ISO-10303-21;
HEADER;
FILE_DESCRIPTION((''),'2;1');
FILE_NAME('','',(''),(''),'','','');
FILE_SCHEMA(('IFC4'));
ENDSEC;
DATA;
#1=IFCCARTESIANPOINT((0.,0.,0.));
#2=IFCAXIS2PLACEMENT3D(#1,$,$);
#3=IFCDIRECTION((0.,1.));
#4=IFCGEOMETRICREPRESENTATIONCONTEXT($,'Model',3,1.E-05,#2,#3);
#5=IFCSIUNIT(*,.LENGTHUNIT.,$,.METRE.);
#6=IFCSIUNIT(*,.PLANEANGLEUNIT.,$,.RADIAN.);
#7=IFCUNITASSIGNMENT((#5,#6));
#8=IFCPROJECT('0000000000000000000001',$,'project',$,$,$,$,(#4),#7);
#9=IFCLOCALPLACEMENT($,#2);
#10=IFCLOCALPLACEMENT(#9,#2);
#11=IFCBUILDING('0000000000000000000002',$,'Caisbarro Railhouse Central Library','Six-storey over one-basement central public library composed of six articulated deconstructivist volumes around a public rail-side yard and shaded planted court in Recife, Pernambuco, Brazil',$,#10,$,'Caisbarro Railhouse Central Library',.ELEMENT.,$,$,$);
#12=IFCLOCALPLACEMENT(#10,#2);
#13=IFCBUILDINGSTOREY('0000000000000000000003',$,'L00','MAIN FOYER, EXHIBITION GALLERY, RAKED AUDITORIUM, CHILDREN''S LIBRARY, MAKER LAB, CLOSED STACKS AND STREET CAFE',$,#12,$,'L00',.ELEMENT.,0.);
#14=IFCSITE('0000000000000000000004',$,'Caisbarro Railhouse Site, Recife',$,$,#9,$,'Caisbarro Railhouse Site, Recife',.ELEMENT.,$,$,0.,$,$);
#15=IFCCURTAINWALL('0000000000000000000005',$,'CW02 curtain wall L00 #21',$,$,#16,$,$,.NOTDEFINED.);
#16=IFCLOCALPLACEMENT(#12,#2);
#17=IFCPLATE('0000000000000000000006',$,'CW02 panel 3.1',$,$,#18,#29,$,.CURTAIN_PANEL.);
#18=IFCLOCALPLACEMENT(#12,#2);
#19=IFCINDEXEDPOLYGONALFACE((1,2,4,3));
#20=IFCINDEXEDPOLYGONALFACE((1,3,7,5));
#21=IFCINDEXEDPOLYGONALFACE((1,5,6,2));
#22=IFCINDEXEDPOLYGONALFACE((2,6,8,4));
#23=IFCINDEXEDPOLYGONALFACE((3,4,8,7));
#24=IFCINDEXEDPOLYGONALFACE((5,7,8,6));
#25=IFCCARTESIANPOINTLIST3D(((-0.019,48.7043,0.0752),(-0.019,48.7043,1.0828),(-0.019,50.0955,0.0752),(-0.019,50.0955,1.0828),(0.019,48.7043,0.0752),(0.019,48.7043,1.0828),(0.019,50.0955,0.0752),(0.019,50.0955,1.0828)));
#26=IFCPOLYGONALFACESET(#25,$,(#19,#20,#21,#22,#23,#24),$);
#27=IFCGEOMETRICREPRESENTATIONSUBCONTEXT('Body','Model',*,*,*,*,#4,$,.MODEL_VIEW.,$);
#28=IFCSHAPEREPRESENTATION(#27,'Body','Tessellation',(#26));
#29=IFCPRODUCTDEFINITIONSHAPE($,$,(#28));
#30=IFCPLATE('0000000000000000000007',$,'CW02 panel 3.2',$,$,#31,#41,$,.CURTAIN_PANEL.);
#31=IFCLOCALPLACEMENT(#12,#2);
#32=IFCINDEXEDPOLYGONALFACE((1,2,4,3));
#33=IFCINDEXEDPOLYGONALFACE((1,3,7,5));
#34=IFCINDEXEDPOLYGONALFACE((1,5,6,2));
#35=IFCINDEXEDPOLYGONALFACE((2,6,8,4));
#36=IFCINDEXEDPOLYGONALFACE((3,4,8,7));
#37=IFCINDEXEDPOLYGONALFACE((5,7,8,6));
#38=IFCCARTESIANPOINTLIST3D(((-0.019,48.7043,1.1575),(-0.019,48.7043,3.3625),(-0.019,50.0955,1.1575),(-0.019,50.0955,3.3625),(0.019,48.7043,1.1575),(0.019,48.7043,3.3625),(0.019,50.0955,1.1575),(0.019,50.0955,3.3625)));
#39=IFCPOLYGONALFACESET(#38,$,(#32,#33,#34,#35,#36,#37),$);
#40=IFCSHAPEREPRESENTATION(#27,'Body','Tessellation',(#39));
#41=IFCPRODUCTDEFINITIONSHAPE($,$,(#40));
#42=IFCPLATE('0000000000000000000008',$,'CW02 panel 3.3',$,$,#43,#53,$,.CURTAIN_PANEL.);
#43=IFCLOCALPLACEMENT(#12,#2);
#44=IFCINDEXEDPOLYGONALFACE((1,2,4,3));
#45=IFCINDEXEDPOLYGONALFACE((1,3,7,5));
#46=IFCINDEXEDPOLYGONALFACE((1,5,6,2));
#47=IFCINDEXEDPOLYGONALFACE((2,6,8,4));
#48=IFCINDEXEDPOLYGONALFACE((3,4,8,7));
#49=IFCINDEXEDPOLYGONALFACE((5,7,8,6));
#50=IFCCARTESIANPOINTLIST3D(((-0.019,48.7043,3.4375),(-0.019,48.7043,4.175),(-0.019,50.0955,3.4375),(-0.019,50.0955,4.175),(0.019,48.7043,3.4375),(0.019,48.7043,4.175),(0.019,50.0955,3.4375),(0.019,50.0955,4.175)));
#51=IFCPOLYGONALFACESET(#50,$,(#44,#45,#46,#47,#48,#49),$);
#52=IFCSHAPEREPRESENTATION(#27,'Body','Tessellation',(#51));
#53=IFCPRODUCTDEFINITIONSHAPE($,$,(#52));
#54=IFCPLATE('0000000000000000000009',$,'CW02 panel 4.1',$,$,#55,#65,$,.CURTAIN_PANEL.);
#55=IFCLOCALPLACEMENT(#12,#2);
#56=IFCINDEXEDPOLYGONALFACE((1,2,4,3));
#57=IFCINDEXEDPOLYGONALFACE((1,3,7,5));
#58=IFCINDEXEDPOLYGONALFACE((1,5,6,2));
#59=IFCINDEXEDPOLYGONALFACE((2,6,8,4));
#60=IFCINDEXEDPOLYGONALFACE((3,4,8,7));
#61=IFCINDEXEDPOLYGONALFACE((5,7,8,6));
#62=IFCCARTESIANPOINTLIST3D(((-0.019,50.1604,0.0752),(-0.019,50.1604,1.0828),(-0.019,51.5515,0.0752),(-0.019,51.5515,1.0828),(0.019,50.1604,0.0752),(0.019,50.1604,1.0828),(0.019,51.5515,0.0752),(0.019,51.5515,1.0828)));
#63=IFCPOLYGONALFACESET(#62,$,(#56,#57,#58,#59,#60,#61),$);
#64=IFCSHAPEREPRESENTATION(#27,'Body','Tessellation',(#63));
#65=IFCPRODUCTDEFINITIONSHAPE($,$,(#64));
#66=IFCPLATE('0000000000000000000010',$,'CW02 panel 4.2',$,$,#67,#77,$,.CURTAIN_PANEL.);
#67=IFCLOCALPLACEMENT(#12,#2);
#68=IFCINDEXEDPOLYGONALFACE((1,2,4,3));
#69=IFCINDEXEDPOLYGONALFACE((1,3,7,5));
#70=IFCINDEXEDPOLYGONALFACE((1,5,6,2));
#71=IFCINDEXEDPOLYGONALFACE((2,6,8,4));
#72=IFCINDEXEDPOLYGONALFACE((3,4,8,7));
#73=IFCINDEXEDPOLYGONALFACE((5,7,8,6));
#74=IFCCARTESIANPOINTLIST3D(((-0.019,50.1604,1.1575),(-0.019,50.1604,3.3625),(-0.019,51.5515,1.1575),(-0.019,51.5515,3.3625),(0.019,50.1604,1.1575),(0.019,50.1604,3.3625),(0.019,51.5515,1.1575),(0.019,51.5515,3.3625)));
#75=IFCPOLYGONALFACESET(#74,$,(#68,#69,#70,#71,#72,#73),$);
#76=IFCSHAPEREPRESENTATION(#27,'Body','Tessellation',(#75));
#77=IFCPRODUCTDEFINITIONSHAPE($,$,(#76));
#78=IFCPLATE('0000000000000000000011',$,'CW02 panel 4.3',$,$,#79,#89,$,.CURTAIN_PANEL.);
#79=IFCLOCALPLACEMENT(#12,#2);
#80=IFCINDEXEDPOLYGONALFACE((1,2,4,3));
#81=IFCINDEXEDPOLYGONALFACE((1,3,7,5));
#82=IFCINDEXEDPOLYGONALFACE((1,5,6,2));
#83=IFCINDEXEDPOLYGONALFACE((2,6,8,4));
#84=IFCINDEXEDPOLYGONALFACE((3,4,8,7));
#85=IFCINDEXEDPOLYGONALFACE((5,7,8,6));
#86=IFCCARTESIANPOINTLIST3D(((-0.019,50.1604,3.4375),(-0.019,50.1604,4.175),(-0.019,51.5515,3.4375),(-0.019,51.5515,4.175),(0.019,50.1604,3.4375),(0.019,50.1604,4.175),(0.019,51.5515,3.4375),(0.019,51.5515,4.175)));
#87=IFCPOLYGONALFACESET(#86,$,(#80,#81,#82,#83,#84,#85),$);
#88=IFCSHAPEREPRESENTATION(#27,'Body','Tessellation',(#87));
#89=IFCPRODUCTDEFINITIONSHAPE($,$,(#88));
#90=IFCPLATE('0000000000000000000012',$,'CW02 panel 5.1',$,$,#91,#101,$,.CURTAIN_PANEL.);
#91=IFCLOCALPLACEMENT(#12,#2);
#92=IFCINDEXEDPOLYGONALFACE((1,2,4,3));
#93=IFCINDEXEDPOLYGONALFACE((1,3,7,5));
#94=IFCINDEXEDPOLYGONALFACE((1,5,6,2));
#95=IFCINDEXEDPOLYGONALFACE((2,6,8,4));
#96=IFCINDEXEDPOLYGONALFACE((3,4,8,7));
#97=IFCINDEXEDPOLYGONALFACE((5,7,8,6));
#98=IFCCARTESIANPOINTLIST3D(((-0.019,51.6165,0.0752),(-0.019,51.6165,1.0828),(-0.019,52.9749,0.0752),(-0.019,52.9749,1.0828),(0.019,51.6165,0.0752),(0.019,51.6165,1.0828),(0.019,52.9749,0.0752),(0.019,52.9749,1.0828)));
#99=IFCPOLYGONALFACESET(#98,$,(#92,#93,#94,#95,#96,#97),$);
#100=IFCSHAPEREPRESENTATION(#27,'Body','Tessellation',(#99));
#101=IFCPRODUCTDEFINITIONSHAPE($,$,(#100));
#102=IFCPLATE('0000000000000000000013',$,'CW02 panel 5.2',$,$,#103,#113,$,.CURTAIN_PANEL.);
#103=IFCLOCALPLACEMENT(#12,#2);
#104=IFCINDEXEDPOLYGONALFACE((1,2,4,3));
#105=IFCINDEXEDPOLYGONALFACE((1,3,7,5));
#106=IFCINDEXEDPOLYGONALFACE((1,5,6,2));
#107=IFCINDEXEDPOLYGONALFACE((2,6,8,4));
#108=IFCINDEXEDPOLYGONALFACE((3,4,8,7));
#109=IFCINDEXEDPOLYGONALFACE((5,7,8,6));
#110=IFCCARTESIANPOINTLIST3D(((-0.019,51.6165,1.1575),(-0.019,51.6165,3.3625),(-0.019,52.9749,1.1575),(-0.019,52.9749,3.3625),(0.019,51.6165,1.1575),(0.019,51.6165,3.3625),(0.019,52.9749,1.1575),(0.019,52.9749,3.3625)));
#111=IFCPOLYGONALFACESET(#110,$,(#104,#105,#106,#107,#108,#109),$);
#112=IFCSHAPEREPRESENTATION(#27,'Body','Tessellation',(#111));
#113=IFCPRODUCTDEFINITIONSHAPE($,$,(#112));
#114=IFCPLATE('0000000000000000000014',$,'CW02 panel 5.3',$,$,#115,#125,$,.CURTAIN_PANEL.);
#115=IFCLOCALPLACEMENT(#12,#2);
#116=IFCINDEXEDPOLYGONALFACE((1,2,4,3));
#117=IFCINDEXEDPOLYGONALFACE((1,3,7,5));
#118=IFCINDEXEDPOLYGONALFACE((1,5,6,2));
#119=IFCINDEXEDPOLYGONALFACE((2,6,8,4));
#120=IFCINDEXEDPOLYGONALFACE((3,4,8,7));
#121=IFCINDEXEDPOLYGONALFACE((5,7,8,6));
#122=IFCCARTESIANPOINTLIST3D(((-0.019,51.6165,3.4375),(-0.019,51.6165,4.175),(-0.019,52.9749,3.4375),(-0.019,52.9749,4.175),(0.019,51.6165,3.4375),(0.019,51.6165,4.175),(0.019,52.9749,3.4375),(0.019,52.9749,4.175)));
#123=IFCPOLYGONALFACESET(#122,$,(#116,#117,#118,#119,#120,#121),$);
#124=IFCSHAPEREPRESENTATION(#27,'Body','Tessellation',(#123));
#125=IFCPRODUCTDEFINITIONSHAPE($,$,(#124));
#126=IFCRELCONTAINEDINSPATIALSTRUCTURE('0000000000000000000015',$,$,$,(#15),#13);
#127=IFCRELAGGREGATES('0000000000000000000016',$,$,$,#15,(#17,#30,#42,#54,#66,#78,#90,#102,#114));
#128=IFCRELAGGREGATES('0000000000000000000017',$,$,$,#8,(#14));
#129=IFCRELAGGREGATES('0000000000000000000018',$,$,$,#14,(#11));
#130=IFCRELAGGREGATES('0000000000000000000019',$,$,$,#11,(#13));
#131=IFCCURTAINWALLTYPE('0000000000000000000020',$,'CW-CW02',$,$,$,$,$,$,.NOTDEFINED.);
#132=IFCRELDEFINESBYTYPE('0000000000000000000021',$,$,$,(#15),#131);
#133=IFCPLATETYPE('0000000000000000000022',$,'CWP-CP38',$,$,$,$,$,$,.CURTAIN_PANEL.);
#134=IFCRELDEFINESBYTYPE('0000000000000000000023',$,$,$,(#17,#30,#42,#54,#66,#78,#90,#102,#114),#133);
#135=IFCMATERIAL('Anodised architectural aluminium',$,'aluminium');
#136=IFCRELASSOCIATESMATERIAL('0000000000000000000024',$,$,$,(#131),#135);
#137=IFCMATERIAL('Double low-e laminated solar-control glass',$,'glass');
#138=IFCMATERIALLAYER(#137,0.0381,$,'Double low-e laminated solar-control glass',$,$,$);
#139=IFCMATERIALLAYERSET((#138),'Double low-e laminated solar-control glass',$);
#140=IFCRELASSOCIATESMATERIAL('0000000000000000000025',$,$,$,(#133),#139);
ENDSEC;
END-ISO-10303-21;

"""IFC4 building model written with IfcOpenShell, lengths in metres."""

from ifc_helpers import new_model, si_unit, direction, frame, origin, origin_2d, place, context, subcontext, project, spatial, rectangle, extrude, material, layer, layer_set, type_object, element, aggregate, save


model = new_model("IFC4")

# Units and contexts
model_context = context("Model", 3, precision=1e-05, world=origin(), true_north=direction((0.0, 1.0)))
body_context = subcontext(model_context, "Body", "Model", "MODEL_VIEW")
ifc_project = project(units=[si_unit("LENGTHUNIT", "METRE"), si_unit("PLANEANGLEUNIT", "RADIAN")], contexts=[model_context])

# Site, building, storey
site_placement = place(None, origin())
site = spatial("IfcSite", under=ifc_project, at=site_placement, Name="Caisbarro Railhouse Site, Recife", LongName="Caisbarro Railhouse Site, Recife", CompositionType="ELEMENT", RefElevation=0.0)
building_placement = place(site_placement, origin())
building = spatial("IfcBuilding", under=site, at=building_placement, Name="Caisbarro Railhouse Central Library", Description="Six-storey over one-basement central public library composed of six articulated deconstructivist volumes around a public rail-side yard and shaded planted court in Recife, Pernambuco, Brazil", LongName="Caisbarro Railhouse Central Library", CompositionType="ELEMENT")
storey_placement = place(building_placement, origin())
storey = spatial("IfcBuildingStorey", under=building, at=storey_placement, Name="L00", Description="MAIN FOYER, EXHIBITION GALLERY, RAKED AUDITORIUM, CHILDREN'S LIBRARY, MAKER LAB, CLOSED STACKS AND STREET CAFE", LongName="L00", CompositionType="ELEMENT", Elevation=0.0)

# Curtain wall, plates
ifc_material_1 = material(Name="Anodised architectural aluminium", Category="aluminium")
curtain_wall_type = type_object("IfcCurtainWallType", Name="CW-CW02", PredefinedType="NOTDEFINED", material=ifc_material_1)
curtain_wall_placement = place(storey_placement, origin())
curtain_wall = element("IfcCurtainWall", 1, at=curtain_wall_placement, inside=storey, type_object=curtain_wall_type, Name="CW02 curtain wall L00 #21", PredefinedType="NOTDEFINED")
ifc_material_2 = material(Name="Double low-e laminated solar-control glass", Category="glass")
ifc_layer = layer(ifc_material_2, 0.0381, Name="Double low-e laminated solar-control glass")
ifc_layer_set = layer_set([ifc_layer], Name="Double low-e laminated solar-control glass")
plate_type = type_object("IfcPlateType", Name="CWP-CP38", PredefinedType="CURTAIN_PANEL", material=ifc_layer_set)
plate_1_placement = place(storey_placement, frame((0.0, 49.3999, 0.0752), z_axis=(0.0, 0.0, 1.0), x_axis=(0.0, 1.0, 0.0)))
plate_1 = element("IfcPlate", 2, at=plate_1_placement, type_object=plate_type, Name="CW02 panel 3.1", PredefinedType="CURTAIN_PANEL", context=body_context, shape_type="SweptSolid", body=[
    extrude(rectangle(XDim=1.3911, YDim=0.0381, at=origin_2d()), origin(), (0.0, 0.0, 1.0), 1.0076),
])
plate_2_placement = place(storey_placement, frame((0.0, 49.3999, 1.1575), z_axis=(0.0, 0.0, 1.0), x_axis=(0.0, 1.0, 0.0)))
plate_2 = element("IfcPlate", 3, at=plate_2_placement, type_object=plate_type, Name="CW02 panel 3.2", PredefinedType="CURTAIN_PANEL", context=body_context, shape_type="SweptSolid", body=[
    extrude(rectangle(XDim=1.3911, YDim=0.0381, at=origin_2d()), origin(), (0.0, 0.0, 1.0), 2.2051),
])
plate_3_placement = place(storey_placement, frame((0.0, 49.3999, 3.4375), z_axis=(0.0, 0.0, 1.0), x_axis=(0.0, 1.0, 0.0)))
plate_3 = element("IfcPlate", 4, at=plate_3_placement, type_object=plate_type, Name="CW02 panel 3.3", PredefinedType="CURTAIN_PANEL", context=body_context, shape_type="SweptSolid", body=[
    extrude(rectangle(XDim=1.3911, YDim=0.0381, at=origin_2d()), origin(), (0.0, 0.0, 1.0), 0.7375),
])
plate_4_placement = place(storey_placement, frame((0.0, 50.856, 0.0752), z_axis=(0.0, 0.0, 1.0), x_axis=(0.0, 1.0, 0.0)))
plate_4 = element("IfcPlate", 5, at=plate_4_placement, type_object=plate_type, Name="CW02 panel 4.1", PredefinedType="CURTAIN_PANEL", context=body_context, shape_type="SweptSolid", body=[
    extrude(rectangle(XDim=1.3911, YDim=0.0381, at=origin_2d()), origin(), (0.0, 0.0, 1.0), 1.0076),
])
plate_5_placement = place(storey_placement, frame((0.0, 50.856, 1.1575), z_axis=(0.0, 0.0, 1.0), x_axis=(0.0, 1.0, 0.0)))
plate_5 = element("IfcPlate", 6, at=plate_5_placement, type_object=plate_type, Name="CW02 panel 4.2", PredefinedType="CURTAIN_PANEL", context=body_context, shape_type="SweptSolid", body=[
    extrude(rectangle(XDim=1.3911, YDim=0.0381, at=origin_2d()), origin(), (0.0, 0.0, 1.0), 2.2051),
])
plate_6_placement = place(storey_placement, frame((0.0, 50.856, 3.4375), z_axis=(0.0, 0.0, 1.0), x_axis=(0.0, 1.0, 0.0)))
plate_6 = element("IfcPlate", 7, at=plate_6_placement, type_object=plate_type, Name="CW02 panel 4.3", PredefinedType="CURTAIN_PANEL", context=body_context, shape_type="SweptSolid", body=[
    extrude(rectangle(XDim=1.3911, YDim=0.0381, at=origin_2d()), origin(), (0.0, 0.0, 1.0), 0.7375),
])
plate_7_placement = place(storey_placement, frame((0.0, 52.2957, 0.0752), z_axis=(0.0, 0.0, 1.0), x_axis=(0.0, 1.0, 0.0)))
plate_7 = element("IfcPlate", 8, at=plate_7_placement, type_object=plate_type, Name="CW02 panel 5.1", PredefinedType="CURTAIN_PANEL", context=body_context, shape_type="SweptSolid", body=[
    extrude(rectangle(XDim=1.3584, YDim=0.0381, at=origin_2d()), origin(), (0.0, 0.0, 1.0), 1.0076),
])
plate_8_placement = place(storey_placement, frame((0.0, 52.2957, 1.1575), z_axis=(0.0, 0.0, 1.0), x_axis=(0.0, 1.0, 0.0)))
plate_8 = element("IfcPlate", 9, at=plate_8_placement, type_object=plate_type, Name="CW02 panel 5.2", PredefinedType="CURTAIN_PANEL", context=body_context, shape_type="SweptSolid", body=[
    extrude(rectangle(XDim=1.3584, YDim=0.0381, at=origin_2d()), origin(), (0.0, 0.0, 1.0), 2.2051),
])
plate_9_placement = place(storey_placement, frame((0.0, 52.2957, 3.4375), z_axis=(0.0, 0.0, 1.0), x_axis=(0.0, 1.0, 0.0)))
plate_9 = element("IfcPlate", 10, at=plate_9_placement, type_object=plate_type, Name="CW02 panel 5.3", PredefinedType="CURTAIN_PANEL", context=body_context, shape_type="SweptSolid", body=[
    extrude(rectangle(XDim=1.3584, YDim=0.0381, at=origin_2d()), origin(), (0.0, 0.0, 1.0), 0.7375),
])
aggregate(curtain_wall, [plate_1, plate_2, plate_3, plate_4, plate_5, plate_6, plate_7, plate_8, plate_9])

save(model, "model.ifc")
